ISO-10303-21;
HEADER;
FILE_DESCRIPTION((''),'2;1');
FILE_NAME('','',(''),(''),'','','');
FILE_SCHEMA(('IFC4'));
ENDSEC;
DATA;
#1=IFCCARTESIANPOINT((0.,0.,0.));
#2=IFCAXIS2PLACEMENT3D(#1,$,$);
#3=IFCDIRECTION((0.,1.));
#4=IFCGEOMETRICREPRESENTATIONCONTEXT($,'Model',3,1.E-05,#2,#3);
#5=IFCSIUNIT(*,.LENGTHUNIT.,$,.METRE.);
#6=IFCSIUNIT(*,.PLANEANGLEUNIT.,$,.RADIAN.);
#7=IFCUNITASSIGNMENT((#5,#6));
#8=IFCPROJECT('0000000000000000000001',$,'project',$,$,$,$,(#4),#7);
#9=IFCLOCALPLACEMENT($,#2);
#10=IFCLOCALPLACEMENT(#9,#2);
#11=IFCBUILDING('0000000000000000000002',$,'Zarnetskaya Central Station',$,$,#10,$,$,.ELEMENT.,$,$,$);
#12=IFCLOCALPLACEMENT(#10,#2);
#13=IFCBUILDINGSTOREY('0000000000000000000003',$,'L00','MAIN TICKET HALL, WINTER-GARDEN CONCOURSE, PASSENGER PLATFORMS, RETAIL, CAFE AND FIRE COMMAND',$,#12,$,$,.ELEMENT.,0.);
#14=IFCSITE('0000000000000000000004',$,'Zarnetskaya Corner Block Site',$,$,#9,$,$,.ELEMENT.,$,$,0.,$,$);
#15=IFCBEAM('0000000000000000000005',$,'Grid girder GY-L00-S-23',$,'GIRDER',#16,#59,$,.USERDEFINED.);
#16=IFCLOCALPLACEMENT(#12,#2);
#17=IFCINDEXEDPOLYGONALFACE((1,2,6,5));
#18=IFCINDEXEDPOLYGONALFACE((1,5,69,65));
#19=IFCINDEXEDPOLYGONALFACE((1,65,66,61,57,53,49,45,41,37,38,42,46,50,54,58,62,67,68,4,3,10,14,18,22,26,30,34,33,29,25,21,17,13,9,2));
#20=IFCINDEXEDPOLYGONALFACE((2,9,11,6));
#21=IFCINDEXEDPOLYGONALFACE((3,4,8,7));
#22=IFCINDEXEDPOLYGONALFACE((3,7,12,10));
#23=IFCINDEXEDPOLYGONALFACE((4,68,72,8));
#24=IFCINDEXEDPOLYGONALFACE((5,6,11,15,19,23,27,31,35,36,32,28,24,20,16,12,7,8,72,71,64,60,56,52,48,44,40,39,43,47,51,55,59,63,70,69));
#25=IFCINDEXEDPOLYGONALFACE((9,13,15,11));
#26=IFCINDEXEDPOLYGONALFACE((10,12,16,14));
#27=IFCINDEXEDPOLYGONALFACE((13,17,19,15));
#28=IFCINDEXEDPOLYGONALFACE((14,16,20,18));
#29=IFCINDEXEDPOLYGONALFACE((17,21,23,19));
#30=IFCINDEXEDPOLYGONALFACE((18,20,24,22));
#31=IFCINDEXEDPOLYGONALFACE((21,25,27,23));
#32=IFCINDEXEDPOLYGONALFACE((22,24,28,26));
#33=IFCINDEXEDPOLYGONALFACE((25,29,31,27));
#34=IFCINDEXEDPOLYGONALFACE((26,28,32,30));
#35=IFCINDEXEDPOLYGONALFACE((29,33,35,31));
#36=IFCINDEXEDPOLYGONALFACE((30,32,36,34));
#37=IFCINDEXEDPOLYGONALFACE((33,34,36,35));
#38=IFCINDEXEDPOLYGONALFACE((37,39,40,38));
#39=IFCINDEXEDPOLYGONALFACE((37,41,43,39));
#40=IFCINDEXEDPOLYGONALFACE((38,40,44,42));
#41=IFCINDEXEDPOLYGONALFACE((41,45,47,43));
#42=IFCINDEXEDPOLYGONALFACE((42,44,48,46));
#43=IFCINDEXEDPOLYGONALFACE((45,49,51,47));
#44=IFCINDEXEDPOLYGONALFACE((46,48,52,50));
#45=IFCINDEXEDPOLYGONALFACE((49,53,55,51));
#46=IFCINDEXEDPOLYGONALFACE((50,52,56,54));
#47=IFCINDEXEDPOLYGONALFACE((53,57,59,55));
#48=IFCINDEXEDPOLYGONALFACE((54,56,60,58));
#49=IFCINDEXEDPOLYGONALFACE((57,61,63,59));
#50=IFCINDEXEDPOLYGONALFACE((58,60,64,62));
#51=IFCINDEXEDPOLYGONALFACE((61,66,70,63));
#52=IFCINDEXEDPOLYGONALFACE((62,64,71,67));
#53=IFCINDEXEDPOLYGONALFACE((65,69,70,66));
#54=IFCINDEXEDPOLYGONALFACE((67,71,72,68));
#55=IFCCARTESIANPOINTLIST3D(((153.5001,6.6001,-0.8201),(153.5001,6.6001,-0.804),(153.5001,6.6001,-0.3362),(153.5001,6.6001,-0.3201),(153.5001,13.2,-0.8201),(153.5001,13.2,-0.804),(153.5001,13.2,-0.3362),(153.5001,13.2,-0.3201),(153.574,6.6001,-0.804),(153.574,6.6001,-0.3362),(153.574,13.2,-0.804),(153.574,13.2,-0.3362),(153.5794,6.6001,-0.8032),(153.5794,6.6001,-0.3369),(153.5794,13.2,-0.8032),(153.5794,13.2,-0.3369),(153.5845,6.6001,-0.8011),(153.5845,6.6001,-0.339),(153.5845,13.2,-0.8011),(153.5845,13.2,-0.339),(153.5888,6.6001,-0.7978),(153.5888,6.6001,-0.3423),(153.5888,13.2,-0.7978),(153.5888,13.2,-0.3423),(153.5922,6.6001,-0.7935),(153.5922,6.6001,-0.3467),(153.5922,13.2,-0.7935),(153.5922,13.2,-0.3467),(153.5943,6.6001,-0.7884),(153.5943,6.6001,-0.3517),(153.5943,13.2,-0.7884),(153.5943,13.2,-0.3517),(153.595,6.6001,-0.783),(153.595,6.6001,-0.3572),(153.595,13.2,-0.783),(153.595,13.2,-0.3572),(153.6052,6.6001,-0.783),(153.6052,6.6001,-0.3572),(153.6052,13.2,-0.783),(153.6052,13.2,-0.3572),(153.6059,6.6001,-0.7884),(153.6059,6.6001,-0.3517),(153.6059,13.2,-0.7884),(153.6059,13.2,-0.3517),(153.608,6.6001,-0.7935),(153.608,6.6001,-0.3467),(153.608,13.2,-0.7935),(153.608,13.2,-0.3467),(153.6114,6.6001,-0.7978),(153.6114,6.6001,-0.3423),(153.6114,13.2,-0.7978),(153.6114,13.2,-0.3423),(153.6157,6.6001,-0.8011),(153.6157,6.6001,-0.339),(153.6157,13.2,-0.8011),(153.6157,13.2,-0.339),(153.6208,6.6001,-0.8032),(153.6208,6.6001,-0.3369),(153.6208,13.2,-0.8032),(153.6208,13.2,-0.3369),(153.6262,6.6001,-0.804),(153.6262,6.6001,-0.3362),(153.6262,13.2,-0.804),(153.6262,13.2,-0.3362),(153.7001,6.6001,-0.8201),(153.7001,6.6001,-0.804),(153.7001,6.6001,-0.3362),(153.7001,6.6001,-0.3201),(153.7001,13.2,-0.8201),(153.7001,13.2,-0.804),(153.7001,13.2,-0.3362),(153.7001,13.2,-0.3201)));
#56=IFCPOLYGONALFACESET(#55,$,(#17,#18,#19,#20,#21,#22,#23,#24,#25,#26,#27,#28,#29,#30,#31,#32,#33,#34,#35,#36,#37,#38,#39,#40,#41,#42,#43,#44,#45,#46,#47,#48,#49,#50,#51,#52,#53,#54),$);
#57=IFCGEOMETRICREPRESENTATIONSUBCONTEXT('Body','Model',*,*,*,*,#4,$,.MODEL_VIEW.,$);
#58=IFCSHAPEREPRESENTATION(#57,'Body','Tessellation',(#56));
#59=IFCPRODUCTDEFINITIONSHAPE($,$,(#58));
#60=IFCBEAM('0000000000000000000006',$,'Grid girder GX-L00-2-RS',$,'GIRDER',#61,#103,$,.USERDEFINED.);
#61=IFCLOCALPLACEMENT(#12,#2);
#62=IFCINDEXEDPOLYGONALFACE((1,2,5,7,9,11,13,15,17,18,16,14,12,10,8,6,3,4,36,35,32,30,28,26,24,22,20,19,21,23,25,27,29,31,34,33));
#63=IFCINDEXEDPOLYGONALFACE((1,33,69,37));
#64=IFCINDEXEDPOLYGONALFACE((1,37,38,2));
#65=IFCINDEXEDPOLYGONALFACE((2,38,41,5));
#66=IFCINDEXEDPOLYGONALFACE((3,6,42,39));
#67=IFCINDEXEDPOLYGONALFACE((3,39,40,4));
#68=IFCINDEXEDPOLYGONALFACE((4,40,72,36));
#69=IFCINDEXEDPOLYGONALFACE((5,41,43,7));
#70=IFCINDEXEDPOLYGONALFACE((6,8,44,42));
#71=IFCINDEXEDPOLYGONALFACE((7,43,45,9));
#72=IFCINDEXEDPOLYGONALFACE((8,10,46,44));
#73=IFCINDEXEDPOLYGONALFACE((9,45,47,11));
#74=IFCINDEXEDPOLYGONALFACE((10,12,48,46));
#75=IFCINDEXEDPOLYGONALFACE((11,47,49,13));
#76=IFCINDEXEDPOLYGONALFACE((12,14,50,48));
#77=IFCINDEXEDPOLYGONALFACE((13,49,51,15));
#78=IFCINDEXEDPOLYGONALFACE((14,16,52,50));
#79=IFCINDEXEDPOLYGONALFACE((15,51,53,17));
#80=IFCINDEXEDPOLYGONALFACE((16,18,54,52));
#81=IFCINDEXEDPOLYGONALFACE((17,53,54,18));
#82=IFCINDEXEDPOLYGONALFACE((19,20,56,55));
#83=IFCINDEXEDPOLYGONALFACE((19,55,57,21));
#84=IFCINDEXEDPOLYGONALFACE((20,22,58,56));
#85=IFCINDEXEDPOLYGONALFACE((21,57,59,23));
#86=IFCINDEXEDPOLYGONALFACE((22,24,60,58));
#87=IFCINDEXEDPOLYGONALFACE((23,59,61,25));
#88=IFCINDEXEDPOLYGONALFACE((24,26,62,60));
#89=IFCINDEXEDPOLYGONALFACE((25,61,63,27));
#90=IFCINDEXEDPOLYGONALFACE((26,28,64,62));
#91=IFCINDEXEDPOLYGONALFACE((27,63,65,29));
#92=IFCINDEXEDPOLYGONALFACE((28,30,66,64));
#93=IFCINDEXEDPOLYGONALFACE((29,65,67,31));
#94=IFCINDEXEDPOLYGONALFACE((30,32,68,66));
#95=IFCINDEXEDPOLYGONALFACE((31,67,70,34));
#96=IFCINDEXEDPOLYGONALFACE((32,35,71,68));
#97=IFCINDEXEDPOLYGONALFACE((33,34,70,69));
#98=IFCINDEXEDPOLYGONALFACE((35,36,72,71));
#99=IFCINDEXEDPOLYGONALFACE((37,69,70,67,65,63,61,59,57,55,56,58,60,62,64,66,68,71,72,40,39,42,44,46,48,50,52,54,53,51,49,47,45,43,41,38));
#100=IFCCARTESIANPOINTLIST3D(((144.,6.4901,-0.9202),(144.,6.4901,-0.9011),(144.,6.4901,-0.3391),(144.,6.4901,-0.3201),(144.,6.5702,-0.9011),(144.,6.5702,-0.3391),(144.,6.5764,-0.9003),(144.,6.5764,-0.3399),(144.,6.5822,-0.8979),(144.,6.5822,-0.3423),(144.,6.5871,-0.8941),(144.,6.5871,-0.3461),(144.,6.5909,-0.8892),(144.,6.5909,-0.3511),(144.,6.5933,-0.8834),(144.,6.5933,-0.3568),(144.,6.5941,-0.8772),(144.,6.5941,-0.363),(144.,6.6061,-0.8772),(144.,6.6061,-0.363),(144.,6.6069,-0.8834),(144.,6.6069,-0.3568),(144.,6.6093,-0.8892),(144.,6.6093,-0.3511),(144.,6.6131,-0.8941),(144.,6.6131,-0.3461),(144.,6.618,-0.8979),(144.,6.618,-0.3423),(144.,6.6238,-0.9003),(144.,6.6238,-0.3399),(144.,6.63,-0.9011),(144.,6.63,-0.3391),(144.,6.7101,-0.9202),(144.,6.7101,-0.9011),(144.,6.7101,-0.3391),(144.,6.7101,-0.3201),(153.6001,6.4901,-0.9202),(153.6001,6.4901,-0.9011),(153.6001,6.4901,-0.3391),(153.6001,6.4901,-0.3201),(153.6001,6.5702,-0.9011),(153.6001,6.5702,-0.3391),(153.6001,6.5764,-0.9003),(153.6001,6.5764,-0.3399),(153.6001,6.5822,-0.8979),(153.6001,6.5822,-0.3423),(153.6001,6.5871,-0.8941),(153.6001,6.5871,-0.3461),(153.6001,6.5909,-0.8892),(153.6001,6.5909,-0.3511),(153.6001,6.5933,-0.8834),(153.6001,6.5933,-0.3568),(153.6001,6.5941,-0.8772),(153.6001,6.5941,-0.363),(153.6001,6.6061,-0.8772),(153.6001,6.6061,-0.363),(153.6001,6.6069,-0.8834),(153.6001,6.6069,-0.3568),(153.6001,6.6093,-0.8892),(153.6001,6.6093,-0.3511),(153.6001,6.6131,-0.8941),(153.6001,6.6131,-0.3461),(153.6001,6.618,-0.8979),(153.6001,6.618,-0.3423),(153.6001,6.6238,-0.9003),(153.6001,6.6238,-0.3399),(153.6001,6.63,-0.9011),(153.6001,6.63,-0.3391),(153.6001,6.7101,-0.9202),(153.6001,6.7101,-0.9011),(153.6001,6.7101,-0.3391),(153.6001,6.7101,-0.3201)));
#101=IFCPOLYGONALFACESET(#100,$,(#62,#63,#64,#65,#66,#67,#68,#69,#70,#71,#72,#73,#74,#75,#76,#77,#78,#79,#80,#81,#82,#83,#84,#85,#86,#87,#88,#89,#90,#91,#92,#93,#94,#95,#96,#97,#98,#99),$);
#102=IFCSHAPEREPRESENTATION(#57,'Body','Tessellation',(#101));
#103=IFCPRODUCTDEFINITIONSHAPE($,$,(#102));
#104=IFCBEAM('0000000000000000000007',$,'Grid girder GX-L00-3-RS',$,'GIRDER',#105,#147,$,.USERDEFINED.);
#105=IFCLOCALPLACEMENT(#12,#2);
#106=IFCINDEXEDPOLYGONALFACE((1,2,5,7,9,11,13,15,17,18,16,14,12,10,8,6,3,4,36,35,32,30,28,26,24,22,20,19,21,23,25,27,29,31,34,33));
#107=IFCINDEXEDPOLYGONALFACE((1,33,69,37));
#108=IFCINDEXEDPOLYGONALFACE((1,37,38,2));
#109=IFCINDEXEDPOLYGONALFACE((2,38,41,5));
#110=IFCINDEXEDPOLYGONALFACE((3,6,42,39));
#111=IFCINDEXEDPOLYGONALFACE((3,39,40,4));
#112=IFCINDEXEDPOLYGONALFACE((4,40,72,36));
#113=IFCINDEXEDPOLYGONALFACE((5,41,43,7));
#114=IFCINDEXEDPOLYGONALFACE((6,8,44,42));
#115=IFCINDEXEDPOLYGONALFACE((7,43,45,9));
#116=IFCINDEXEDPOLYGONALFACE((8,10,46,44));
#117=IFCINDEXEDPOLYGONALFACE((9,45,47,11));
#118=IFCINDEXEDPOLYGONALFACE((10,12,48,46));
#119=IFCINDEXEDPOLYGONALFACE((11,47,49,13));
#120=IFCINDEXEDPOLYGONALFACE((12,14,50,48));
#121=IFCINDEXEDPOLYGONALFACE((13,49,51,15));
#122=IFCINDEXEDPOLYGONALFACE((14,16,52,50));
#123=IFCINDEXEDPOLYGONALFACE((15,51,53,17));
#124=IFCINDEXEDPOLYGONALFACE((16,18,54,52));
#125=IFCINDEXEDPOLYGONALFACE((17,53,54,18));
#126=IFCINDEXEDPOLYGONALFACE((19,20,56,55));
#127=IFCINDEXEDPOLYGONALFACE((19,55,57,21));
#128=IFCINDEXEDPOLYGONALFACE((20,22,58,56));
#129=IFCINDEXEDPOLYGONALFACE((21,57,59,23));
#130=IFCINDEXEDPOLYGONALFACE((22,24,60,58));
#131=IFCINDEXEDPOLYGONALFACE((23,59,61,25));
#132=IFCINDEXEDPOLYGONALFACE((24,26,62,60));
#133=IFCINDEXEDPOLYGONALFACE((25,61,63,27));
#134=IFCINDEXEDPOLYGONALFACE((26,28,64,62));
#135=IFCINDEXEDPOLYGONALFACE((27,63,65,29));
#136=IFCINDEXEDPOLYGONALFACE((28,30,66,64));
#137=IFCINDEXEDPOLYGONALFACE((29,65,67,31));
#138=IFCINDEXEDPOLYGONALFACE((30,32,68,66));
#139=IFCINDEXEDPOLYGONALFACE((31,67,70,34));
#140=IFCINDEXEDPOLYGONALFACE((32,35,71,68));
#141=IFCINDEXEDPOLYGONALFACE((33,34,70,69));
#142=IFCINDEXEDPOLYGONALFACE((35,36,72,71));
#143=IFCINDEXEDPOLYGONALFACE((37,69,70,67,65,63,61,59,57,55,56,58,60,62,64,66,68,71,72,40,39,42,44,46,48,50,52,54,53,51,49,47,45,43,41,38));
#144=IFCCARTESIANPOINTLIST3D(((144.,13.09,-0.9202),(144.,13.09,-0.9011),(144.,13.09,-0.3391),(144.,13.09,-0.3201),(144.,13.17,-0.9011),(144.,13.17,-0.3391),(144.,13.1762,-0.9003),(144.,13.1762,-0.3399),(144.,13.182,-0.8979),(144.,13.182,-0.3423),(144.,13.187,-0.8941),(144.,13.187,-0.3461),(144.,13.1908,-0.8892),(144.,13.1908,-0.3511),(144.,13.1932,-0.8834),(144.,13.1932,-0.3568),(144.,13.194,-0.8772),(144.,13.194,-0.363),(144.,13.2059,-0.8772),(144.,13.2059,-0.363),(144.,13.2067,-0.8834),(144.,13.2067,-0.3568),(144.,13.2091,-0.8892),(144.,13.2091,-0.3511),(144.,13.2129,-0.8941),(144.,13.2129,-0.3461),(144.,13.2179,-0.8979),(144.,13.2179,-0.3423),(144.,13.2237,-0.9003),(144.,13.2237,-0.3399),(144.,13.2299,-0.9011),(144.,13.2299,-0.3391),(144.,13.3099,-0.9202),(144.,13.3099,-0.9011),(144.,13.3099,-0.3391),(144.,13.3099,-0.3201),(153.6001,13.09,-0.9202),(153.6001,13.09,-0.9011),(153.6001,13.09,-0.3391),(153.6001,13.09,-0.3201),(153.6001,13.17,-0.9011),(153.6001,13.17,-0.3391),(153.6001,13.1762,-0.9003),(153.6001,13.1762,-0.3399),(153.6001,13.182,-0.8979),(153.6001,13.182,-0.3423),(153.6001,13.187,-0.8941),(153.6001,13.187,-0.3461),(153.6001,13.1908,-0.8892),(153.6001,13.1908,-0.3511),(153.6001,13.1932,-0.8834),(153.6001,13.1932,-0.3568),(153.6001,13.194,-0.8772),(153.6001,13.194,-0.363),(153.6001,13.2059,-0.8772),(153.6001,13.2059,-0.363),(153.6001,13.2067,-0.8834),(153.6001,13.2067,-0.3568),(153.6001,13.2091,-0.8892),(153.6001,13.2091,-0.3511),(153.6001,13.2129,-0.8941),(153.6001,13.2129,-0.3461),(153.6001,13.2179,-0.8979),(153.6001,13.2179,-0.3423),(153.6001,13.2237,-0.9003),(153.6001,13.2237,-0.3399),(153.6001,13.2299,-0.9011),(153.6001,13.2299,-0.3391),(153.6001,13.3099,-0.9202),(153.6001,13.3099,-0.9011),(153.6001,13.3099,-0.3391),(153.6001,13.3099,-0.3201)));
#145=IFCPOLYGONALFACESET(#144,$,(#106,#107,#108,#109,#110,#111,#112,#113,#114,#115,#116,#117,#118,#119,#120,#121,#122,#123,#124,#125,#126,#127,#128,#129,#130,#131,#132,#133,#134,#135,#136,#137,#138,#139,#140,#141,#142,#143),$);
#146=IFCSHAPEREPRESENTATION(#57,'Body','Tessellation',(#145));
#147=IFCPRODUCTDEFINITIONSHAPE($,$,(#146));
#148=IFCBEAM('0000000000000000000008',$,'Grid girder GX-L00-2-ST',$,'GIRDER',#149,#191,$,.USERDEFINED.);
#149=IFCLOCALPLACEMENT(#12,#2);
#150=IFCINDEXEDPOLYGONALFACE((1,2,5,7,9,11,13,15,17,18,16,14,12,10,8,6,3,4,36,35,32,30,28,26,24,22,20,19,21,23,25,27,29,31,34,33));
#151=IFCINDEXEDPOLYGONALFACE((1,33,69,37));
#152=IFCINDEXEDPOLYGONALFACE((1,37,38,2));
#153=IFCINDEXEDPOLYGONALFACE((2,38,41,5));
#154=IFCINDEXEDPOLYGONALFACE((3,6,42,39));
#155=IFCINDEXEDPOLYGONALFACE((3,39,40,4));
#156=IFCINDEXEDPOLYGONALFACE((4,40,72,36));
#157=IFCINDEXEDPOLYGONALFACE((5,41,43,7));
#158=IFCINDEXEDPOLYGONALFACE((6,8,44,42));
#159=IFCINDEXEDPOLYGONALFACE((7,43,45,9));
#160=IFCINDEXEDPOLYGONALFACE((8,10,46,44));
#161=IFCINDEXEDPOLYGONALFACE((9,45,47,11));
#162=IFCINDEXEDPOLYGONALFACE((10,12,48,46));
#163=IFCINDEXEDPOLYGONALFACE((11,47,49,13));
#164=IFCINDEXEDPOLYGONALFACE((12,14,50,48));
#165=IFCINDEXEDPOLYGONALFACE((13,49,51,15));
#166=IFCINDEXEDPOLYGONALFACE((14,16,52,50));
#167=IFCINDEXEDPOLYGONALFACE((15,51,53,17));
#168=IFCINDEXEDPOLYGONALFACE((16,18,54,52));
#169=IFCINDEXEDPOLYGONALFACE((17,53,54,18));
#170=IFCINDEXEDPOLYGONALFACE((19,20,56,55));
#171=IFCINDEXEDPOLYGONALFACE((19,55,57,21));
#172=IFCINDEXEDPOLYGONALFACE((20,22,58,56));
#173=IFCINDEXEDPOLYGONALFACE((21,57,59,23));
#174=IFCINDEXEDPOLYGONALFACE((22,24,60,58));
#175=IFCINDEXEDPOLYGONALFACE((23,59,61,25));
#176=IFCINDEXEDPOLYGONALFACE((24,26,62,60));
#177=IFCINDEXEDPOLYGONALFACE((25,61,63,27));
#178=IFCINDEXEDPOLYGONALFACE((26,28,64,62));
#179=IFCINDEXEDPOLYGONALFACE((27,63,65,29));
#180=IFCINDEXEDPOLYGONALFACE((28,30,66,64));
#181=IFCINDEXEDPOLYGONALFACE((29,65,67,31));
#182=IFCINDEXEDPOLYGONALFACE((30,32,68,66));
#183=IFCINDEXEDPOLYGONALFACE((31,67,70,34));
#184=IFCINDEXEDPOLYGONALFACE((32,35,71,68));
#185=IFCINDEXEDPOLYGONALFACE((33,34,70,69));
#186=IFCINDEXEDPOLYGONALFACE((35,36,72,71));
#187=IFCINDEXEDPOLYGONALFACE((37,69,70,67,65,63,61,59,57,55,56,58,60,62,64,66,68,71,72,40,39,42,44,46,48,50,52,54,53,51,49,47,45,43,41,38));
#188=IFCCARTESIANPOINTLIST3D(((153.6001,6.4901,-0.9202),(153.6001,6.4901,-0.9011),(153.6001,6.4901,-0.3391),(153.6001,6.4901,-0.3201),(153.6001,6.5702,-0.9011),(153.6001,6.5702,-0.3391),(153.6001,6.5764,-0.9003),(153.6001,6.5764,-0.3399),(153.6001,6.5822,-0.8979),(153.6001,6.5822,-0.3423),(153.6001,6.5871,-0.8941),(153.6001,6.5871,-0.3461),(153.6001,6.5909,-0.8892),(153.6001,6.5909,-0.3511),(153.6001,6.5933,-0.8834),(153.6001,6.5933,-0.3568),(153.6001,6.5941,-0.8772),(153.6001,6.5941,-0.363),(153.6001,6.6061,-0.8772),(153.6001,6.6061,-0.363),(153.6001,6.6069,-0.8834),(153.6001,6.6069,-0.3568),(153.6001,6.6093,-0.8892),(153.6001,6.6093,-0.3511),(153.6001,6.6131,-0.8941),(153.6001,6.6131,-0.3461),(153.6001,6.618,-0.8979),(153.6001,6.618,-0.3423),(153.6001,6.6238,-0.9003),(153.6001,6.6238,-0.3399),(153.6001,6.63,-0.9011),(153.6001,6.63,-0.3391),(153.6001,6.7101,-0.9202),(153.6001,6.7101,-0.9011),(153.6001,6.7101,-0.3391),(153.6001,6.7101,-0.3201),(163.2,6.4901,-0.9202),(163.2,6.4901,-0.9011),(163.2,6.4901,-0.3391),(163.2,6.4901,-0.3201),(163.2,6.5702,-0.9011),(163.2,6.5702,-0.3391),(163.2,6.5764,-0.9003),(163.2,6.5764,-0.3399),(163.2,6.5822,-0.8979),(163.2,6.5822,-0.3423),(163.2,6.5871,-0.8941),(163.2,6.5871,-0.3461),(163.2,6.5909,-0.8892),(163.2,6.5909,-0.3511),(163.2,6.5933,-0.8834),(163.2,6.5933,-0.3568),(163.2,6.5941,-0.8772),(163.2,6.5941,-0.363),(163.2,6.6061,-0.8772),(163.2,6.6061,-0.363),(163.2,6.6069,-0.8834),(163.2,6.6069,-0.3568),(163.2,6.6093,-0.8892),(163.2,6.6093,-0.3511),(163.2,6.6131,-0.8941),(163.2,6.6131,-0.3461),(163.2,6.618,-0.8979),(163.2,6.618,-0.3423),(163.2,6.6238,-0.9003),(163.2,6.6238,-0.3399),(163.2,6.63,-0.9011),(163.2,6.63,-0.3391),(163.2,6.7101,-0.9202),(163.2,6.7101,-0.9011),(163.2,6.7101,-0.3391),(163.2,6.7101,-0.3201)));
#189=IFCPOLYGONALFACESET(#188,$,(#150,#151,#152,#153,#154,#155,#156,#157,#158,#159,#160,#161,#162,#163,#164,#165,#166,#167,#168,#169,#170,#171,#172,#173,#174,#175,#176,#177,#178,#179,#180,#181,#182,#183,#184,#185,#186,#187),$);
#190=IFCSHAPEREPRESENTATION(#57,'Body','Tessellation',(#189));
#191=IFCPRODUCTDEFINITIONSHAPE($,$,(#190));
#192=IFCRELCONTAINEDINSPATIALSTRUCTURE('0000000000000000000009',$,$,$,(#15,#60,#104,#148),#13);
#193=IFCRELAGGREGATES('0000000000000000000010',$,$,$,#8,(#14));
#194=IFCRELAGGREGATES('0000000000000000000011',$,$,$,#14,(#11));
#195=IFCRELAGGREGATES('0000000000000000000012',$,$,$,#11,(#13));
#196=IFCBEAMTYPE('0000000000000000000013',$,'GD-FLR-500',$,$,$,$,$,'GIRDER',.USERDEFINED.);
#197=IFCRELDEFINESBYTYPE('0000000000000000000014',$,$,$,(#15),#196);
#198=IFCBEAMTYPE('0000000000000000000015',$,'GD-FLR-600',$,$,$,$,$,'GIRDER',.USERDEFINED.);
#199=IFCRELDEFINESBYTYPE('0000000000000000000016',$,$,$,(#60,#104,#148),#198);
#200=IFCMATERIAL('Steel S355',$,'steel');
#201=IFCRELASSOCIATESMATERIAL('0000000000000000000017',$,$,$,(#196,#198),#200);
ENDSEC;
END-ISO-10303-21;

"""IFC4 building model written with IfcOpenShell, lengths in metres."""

from ifc_helpers import new_model, si_unit, direction, frame, origin, origin_2d, place, context, subcontext, project, spatial, i_section, extrude, material, material_profile, profile_set, type_object, element, save


model = new_model("IFC4")

# Units and contexts
model_context = context("Model", 3, precision=1e-05, world=origin(), true_north=direction((0.0, 1.0)))
body_context = subcontext(model_context, "Body", "Model", "MODEL_VIEW")
ifc_project = project(units=[si_unit("LENGTHUNIT", "METRE"), si_unit("PLANEANGLEUNIT", "RADIAN")], contexts=[model_context])

# Site, building, storey
site_placement = place(None, origin())
site = spatial("IfcSite", under=ifc_project, at=site_placement, Name="Zarnetskaya Corner Block Site", CompositionType="ELEMENT", RefElevation=0.0)
building_placement = place(site_placement, origin())
building = spatial("IfcBuilding", under=site, at=building_placement, Name="Zarnetskaya Central Station", CompositionType="ELEMENT")
storey_placement = place(building_placement, origin())
storey = spatial("IfcBuildingStorey", under=building, at=storey_placement, Name="L00", Description="MAIN TICKET HALL, WINTER-GARDEN CONCOURSE, PASSENGER PLATFORMS, RETAIL, CAFE AND FIRE COMMAND", CompositionType="ELEMENT", Elevation=0.0)

# Shared definitions
ifc_material_1 = material(Name="Steel S355", Category="steel")

# Beams
ifc_material_profile_1 = material_profile(ifc_material_1, i_section(OverallWidth=0.2, OverallDepth=0.5, WebThickness=0.0103, FlangeThickness=0.0161, FilletRadius=0.021, at=origin_2d()), Name="IPE 500")
ifc_profile_set_1 = profile_set([ifc_material_profile_1], Name="Steel S355")
beam_type_1 = type_object("IfcBeamType", Name="GD-FLR-500", ElementType="GIRDER", PredefinedType="USERDEFINED", material=ifc_profile_set_1)
for number, where, z_axis, x_axis, name in (
    (1, (153.6001, 6.6001, -0.5701), (0.0, 1.0, 0.0), (-1.0, 0.0, 0.0), "Grid girder GY-L00-S-23"),
):
    element("IfcBeam", number, at=place(storey_placement, frame(where, z_axis=z_axis, x_axis=x_axis)), inside=storey, type_object=beam_type_1, Name=name, ObjectType="GIRDER", PredefinedType="USERDEFINED", context=body_context, shape_type="SweptSolid", body=[
        extrude(i_section(OverallWidth=0.2, OverallDepth=0.5, WebThickness=0.0103, FlangeThickness=0.0161, FilletRadius=0.021, at=origin_2d()), origin(), (0.0, 0.0, 1.0), 6.5999),
    ])
ifc_material_profile_2 = material_profile(ifc_material_1, i_section(OverallWidth=0.22, OverallDepth=0.6001, WebThickness=0.012, FlangeThickness=0.019, FilletRadius=0.0239, at=origin_2d()), Name="IPE 600")
ifc_profile_set_2 = profile_set([ifc_material_profile_2], Name="Steel S355")
beam_type_2 = type_object("IfcBeamType", Name="GD-FLR-600", ElementType="GIRDER", PredefinedType="USERDEFINED", material=ifc_profile_set_2)
for number, where, z_axis, x_axis, name in (
    (2, (144.0, 6.6001, -0.6201), (1.0, 0.0, 0.0), (0.0, 1.0, 0.0), "Grid girder GX-L00-2-RS"),
    (3, (144.0, 13.2, -0.6201), (1.0, 0.0, 0.0), (0.0, 1.0, 0.0), "Grid girder GX-L00-3-RS"),
):
    element("IfcBeam", number, at=place(storey_placement, frame(where, z_axis=z_axis, x_axis=x_axis)), inside=storey, type_object=beam_type_2, Name=name, ObjectType="GIRDER", PredefinedType="USERDEFINED", context=body_context, shape_type="SweptSolid", body=[
        extrude(i_section(OverallWidth=0.22, OverallDepth=0.6001, WebThickness=0.012, FlangeThickness=0.019, FilletRadius=0.0239, at=origin_2d()), origin(), (0.0, 0.0, 1.0), 9.6001),
    ])
beam_placement = place(storey_placement, frame((153.6001, 6.6001, -0.6201), z_axis=(1.0, 0.0, 0.0), x_axis=(0.0, 1.0, 0.0)))
element("IfcBeam", 4, at=beam_placement, inside=storey, type_object=beam_type_2, Name="Grid girder GX-L00-2-ST", ObjectType="GIRDER", PredefinedType="USERDEFINED", context=body_context, shape_type="SweptSolid", body=[
    extrude(i_section(OverallWidth=0.22, OverallDepth=0.6001, WebThickness=0.012, FlangeThickness=0.019, FilletRadius=0.0239, at=origin_2d()), origin(), (0.0, 0.0, 1.0), 9.5999),
])

save(model, "model.ifc")
